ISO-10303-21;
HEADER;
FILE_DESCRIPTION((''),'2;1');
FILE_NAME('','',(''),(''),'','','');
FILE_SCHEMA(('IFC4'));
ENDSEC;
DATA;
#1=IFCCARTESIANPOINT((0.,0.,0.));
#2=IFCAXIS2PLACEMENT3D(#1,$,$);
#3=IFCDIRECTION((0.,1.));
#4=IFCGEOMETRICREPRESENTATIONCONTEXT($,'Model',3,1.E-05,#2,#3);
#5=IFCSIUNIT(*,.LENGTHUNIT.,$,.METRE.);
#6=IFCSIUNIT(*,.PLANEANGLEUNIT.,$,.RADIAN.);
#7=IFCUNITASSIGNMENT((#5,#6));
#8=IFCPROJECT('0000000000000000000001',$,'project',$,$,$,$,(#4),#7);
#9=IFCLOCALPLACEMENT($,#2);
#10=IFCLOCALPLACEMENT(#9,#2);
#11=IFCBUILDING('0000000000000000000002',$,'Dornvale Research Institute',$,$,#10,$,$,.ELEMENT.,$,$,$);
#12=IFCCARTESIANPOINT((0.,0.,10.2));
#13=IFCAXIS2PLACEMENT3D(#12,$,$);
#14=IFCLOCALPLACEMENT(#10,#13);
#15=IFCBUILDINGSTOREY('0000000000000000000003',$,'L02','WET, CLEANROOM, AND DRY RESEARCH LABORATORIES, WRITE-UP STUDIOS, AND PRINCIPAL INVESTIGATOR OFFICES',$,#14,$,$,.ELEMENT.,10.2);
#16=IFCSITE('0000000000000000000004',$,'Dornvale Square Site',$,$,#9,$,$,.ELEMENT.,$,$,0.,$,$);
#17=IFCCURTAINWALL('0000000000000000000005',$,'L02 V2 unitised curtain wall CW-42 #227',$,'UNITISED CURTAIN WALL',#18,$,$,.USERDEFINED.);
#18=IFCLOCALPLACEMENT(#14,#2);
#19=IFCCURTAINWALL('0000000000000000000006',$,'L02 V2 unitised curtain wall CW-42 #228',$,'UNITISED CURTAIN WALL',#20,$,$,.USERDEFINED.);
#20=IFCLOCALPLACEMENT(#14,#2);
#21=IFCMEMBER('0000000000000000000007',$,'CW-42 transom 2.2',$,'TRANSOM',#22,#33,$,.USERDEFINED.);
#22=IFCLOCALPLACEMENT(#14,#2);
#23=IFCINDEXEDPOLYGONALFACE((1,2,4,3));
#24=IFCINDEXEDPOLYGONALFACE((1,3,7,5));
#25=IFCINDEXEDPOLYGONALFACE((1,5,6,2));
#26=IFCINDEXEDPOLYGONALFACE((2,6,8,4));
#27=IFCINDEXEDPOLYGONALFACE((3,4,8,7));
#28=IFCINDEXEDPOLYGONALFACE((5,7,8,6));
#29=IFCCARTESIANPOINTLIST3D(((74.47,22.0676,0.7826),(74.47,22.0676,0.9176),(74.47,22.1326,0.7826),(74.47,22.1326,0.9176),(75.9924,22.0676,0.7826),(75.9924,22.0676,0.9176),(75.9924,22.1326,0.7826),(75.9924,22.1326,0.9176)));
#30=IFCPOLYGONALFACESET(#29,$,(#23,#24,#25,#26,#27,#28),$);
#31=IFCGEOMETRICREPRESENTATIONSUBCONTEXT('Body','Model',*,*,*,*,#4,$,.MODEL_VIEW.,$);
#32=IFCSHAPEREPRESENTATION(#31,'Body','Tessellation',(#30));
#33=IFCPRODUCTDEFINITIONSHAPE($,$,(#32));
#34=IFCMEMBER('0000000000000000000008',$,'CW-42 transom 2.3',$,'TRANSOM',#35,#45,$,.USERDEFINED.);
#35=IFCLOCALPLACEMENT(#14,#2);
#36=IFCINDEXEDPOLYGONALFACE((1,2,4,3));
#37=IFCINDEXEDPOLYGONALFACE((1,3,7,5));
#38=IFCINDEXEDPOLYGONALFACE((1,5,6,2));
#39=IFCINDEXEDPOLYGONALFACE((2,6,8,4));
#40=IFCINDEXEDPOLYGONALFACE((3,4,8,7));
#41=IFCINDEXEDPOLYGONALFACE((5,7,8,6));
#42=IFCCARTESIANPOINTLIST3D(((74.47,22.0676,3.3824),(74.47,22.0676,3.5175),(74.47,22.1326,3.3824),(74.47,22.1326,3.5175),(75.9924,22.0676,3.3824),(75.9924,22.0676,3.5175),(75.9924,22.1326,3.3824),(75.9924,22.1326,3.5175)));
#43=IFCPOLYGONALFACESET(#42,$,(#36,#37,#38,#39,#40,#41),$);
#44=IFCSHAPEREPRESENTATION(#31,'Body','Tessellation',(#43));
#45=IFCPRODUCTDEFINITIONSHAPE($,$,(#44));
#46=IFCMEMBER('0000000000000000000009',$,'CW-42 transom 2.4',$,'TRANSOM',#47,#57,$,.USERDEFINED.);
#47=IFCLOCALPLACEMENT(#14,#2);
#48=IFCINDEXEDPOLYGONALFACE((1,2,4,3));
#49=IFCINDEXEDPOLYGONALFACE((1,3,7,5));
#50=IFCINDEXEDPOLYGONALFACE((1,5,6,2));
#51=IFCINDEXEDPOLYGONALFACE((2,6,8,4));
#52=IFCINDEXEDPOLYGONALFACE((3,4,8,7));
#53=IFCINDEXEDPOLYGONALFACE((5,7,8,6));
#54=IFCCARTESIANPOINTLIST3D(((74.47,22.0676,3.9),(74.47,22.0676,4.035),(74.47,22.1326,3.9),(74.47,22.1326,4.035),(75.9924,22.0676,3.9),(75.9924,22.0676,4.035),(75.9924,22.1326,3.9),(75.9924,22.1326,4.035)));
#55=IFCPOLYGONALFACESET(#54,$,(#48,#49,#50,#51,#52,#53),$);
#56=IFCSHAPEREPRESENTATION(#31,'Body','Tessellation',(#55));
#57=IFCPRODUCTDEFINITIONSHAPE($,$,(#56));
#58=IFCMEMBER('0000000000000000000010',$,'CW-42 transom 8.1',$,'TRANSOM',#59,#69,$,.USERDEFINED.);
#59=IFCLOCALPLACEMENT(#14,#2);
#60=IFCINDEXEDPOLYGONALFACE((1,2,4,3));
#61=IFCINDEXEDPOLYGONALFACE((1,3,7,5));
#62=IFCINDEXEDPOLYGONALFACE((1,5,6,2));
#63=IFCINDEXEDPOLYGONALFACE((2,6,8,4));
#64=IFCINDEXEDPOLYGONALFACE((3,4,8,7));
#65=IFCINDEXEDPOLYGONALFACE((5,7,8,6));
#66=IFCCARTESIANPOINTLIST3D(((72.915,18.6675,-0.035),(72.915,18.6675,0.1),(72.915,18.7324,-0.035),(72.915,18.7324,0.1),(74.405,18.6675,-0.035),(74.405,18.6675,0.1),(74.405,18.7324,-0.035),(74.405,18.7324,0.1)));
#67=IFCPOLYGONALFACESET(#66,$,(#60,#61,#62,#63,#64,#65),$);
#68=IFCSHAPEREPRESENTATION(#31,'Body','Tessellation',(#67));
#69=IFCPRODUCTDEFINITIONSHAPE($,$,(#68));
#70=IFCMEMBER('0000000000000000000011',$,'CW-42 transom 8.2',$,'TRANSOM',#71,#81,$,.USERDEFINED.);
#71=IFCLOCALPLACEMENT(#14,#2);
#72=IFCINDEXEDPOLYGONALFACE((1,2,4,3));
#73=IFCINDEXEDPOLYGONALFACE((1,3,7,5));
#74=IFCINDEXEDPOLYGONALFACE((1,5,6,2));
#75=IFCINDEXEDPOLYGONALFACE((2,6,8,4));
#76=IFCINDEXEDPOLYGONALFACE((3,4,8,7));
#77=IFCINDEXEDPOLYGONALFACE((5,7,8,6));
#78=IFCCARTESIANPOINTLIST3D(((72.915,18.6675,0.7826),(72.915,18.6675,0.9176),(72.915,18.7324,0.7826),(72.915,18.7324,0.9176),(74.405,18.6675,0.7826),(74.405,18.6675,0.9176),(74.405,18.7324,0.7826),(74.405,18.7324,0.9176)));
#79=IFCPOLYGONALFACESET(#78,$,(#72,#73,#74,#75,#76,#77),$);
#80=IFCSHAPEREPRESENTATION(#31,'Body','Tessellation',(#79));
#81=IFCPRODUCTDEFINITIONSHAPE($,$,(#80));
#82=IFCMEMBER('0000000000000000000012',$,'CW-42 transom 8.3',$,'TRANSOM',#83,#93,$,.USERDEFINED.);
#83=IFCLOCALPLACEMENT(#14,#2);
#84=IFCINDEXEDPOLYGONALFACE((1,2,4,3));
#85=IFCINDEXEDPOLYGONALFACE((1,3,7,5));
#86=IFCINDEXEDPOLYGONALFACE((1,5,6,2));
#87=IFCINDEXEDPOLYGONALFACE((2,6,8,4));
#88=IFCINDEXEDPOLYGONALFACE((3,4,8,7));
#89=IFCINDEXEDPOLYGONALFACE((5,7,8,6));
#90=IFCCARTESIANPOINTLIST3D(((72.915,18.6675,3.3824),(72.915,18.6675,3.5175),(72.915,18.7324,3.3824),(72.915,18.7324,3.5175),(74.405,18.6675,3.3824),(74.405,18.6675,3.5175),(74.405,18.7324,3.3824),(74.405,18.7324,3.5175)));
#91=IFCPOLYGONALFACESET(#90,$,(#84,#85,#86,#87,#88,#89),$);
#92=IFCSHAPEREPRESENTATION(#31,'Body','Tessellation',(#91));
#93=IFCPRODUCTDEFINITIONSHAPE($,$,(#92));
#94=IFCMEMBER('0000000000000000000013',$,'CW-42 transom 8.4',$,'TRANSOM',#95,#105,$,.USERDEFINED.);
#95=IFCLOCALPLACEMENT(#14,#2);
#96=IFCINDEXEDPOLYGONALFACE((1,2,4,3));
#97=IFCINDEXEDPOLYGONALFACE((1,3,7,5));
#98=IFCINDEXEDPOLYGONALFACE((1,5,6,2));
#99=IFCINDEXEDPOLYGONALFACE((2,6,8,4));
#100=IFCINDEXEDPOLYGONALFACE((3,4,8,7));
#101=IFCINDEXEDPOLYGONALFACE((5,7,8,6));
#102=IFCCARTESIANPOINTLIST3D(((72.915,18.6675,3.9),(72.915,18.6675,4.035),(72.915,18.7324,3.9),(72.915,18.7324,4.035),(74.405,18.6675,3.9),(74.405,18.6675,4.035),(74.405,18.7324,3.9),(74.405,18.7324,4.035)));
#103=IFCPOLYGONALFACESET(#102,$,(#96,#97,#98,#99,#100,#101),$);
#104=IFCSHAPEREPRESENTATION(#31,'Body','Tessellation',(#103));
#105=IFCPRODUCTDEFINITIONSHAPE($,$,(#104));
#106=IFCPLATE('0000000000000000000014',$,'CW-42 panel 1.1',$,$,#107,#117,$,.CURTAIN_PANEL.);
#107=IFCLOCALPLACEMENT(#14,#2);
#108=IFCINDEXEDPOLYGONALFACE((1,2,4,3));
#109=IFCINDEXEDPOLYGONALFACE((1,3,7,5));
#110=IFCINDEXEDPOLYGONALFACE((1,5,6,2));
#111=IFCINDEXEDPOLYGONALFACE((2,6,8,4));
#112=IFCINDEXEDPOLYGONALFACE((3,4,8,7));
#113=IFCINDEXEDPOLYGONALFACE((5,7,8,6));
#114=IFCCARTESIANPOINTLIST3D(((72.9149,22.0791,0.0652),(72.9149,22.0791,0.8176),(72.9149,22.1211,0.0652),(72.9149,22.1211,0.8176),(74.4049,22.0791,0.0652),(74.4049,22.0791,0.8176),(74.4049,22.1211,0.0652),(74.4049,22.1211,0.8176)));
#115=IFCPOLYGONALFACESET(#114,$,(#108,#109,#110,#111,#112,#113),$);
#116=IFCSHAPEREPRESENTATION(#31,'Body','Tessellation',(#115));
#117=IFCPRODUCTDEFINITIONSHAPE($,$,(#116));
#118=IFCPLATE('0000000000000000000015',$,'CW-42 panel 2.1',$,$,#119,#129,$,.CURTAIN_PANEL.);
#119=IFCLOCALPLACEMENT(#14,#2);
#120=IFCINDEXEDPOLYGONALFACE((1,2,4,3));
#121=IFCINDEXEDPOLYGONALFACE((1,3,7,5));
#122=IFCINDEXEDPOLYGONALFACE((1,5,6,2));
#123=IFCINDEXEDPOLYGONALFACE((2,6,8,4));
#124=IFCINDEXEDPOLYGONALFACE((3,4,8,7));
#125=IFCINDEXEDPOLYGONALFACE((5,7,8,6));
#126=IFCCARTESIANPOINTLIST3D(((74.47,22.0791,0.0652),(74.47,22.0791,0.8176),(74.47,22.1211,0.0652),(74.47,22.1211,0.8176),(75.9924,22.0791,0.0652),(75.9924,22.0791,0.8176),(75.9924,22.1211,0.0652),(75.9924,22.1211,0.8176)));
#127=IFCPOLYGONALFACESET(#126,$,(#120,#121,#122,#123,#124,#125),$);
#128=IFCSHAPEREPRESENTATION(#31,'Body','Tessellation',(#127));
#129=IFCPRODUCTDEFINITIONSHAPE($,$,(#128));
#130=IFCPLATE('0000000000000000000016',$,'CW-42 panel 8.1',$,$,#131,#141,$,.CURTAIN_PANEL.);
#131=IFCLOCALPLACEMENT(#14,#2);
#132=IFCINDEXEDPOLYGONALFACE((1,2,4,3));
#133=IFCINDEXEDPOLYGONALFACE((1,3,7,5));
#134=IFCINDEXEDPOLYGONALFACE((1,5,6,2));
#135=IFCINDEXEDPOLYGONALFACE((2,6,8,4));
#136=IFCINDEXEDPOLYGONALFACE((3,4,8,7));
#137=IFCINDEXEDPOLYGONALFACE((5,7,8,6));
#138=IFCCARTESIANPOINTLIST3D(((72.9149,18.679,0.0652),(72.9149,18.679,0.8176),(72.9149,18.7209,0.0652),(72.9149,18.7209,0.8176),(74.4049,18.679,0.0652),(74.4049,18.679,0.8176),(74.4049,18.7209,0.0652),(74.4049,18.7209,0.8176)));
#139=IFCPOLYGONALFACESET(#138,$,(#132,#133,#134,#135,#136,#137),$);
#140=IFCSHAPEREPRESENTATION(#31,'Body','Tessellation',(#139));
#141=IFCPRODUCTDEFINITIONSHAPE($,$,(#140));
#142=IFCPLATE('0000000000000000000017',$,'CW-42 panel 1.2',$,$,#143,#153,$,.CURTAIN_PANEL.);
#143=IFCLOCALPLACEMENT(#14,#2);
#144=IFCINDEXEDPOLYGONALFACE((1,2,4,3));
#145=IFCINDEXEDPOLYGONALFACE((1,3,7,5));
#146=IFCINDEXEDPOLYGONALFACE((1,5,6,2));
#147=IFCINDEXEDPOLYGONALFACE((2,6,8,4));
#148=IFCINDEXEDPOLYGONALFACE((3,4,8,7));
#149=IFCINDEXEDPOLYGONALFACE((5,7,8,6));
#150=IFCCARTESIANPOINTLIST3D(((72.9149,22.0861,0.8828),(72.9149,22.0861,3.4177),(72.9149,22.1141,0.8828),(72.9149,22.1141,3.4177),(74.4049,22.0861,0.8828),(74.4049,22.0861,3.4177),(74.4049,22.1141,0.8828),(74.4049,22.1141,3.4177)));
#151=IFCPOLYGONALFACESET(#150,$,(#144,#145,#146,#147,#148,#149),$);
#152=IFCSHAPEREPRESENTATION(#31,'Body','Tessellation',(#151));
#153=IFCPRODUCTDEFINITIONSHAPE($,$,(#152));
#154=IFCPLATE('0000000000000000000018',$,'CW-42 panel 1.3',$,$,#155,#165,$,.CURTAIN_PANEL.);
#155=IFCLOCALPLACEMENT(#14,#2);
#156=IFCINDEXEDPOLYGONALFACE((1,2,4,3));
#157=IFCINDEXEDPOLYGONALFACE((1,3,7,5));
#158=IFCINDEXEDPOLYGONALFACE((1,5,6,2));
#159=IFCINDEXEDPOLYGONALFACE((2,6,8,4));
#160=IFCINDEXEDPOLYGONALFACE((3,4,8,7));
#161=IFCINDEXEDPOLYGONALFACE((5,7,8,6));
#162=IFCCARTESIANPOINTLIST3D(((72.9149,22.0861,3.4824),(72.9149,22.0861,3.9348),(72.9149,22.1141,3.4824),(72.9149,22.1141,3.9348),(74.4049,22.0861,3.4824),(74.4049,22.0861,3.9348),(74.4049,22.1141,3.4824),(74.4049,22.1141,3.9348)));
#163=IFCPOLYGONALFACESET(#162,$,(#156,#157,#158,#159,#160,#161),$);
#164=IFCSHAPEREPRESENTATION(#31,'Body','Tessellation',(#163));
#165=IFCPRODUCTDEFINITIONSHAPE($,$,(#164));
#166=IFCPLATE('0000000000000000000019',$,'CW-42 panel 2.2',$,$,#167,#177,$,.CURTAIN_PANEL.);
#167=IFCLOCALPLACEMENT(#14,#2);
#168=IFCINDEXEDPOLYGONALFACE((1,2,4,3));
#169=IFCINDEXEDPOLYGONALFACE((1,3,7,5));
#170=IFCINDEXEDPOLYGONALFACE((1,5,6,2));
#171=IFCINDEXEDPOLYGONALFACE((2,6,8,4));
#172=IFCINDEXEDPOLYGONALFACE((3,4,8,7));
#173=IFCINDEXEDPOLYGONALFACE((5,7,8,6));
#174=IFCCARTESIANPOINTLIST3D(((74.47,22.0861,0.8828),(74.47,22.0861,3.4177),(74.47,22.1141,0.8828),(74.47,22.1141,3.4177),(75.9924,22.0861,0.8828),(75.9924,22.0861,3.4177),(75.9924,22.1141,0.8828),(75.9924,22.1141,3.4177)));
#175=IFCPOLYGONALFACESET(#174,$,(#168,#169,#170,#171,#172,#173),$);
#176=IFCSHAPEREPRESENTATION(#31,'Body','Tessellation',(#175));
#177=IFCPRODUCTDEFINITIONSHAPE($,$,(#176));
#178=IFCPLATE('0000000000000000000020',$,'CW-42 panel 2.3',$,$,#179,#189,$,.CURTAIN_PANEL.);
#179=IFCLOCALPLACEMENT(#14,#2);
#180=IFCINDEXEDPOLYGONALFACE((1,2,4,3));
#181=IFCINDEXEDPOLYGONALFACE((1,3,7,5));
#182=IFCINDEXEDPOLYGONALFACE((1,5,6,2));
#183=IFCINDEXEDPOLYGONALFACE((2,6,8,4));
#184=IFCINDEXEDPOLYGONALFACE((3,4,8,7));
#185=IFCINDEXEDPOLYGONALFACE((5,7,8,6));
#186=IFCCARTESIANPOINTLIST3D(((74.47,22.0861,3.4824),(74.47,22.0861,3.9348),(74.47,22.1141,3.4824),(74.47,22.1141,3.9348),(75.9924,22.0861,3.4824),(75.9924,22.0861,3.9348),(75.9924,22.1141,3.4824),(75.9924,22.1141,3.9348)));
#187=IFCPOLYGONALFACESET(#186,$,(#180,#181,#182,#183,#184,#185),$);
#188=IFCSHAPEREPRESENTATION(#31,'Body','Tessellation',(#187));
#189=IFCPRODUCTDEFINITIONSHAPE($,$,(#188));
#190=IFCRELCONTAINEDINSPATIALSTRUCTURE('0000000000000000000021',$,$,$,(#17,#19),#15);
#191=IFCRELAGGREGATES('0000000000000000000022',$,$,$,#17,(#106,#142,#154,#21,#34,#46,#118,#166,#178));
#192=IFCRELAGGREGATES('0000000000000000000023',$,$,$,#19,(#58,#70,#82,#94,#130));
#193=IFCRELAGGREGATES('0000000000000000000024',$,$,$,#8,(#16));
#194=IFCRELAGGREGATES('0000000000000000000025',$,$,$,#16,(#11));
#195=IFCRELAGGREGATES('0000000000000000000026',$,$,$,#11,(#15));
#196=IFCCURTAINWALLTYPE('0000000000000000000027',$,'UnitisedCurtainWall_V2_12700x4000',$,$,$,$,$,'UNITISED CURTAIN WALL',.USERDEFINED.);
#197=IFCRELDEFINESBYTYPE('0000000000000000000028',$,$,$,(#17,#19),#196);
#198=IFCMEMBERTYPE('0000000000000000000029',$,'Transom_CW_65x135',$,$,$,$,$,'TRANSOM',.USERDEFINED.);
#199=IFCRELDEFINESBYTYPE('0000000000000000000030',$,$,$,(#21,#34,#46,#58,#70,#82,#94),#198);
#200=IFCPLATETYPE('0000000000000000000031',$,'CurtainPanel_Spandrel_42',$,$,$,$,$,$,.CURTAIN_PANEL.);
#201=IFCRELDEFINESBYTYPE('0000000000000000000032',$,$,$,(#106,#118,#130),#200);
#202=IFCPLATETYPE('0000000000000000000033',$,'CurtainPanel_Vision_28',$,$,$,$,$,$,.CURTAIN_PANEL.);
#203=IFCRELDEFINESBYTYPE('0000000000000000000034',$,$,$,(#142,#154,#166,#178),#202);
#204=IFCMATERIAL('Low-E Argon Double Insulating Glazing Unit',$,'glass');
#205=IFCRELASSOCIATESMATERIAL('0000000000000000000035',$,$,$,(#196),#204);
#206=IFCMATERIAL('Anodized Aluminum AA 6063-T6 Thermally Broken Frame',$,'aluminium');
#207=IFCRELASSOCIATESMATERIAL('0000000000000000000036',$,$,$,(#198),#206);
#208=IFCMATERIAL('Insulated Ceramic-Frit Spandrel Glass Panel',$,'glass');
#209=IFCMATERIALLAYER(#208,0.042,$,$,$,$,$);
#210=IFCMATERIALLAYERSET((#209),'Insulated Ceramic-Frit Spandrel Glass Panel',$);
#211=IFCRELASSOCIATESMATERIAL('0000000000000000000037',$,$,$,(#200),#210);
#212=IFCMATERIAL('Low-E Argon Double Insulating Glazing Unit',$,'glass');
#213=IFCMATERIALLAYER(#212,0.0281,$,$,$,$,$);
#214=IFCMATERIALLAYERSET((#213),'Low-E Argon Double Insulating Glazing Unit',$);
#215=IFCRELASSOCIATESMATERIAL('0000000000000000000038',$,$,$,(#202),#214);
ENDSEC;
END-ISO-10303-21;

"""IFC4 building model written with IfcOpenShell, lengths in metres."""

from ifc_helpers import new_model, si_unit, direction, frame, origin, origin_2d, place, context, subcontext, project, spatial, rectangle, extrude, material, layer, layer_set, material_profile, profile_set, type_object, element, aggregate, save


model = new_model("IFC4")

# Units and contexts
model_context = context("Model", 3, precision=1e-05, world=origin(), true_north=direction((0.0, 1.0)))
body_context = subcontext(model_context, "Body", "Model", "MODEL_VIEW")
ifc_project = project(units=[si_unit("LENGTHUNIT", "METRE"), si_unit("PLANEANGLEUNIT", "RADIAN")], contexts=[model_context])

# Site, building, storey
site_placement = place(None, origin())
site = spatial("IfcSite", under=ifc_project, at=site_placement, Name="Dornvale Square Site", CompositionType="ELEMENT", RefElevation=0.0)
building_placement = place(site_placement, origin())
building = spatial("IfcBuilding", under=site, at=building_placement, Name="Dornvale Research Institute", CompositionType="ELEMENT")
storey_placement = place(building_placement, frame((0.0, 0.0, 10.2)))
storey = spatial("IfcBuildingStorey", under=building, at=storey_placement, Name="L02", Description="WET, CLEANROOM, AND DRY RESEARCH LABORATORIES, WRITE-UP STUDIOS, AND PRINCIPAL INVESTIGATOR OFFICES", CompositionType="ELEMENT", Elevation=10.2)

# Curtain walls
ifc_material_1 = material(Name="Low-E Argon Double Insulating Glazing Unit", Category="glass")
curtain_wall_type = type_object("IfcCurtainWallType", Name="UnitisedCurtainWall_V2_12700x4000", ElementType="UNITISED CURTAIN WALL", PredefinedType="USERDEFINED", material=ifc_material_1)
curtain_wall_1_placement = place(storey_placement, origin())
curtain_wall_1 = element("IfcCurtainWall", 1, at=curtain_wall_1_placement, inside=storey, type_object=curtain_wall_type, Name="L02 V2 unitised curtain wall CW-42 #227", ObjectType="UNITISED CURTAIN WALL", PredefinedType="USERDEFINED")
curtain_wall_2_placement = place(storey_placement, origin())
curtain_wall_2 = element("IfcCurtainWall", 2, at=curtain_wall_2_placement, inside=storey, type_object=curtain_wall_type, Name="L02 V2 unitised curtain wall CW-42 #228", ObjectType="UNITISED CURTAIN WALL", PredefinedType="USERDEFINED")

# Members
ifc_material_2 = material(Name="Anodized Aluminum AA 6063-T6 Thermally Broken Frame", Category="aluminium")
ifc_material_profile_1 = material_profile(ifc_material_2, rectangle(XDim=0.0649, YDim=0.135, at=origin_2d()), Name="ALU TRANSOM 65x135")
ifc_profile_set_1 = profile_set([ifc_material_profile_1], Name="Anodized Aluminum AA 6063-T6 Thermally Broken Frame")
member_type_1 = type_object("IfcMemberType", Name="Transom_CW_65x135", ElementType="TRANSOM", PredefinedType="USERDEFINED", material=ifc_profile_set_1)
member_1_placement = place(storey_placement, frame((74.47, 22.1001, 0.8501), z_axis=(1.0, 0.0, 0.0), x_axis=(0.0, 1.0, 0.0)))
member_1 = element("IfcMember", 3, at=member_1_placement, type_object=member_type_1, Name="CW-42 transom 2.2", ObjectType="TRANSOM", PredefinedType="USERDEFINED", context=body_context, shape_type="SweptSolid", body=[
    extrude(rectangle(XDim=0.0649, YDim=0.135, at=origin_2d()), origin(), (0.0, 0.0, 1.0), 1.5225),
])
member_2_placement = place(storey_placement, frame((74.47, 22.1001, 3.45), z_axis=(1.0, 0.0, 0.0), x_axis=(0.0, 1.0, 0.0)))
member_2 = element("IfcMember", 4, at=member_2_placement, type_object=member_type_1, Name="CW-42 transom 2.3", ObjectType="TRANSOM", PredefinedType="USERDEFINED", context=body_context, shape_type="SweptSolid", body=[
    extrude(rectangle(XDim=0.0649, YDim=0.135, at=origin_2d()), origin(), (0.0, 0.0, 1.0), 1.5225),
])
member_3_placement = place(storey_placement, frame((74.47, 22.1001, 3.9675), z_axis=(1.0, 0.0, 0.0), x_axis=(0.0, 1.0, 0.0)))
member_3 = element("IfcMember", 5, at=member_3_placement, type_object=member_type_1, Name="CW-42 transom 2.4", ObjectType="TRANSOM", PredefinedType="USERDEFINED", context=body_context, shape_type="SweptSolid", body=[
    extrude(rectangle(XDim=0.0649, YDim=0.135, at=origin_2d()), origin(), (0.0, 0.0, 1.0), 1.5225),
])
member_4_placement = place(storey_placement, frame((74.405, 18.7, 0.0325), z_axis=(-1.0, 0.0, 0.0), x_axis=(0.0, -1.0, 0.0)))
member_4 = element("IfcMember", 6, at=member_4_placement, type_object=member_type_1, Name="CW-42 transom 8.1", ObjectType="TRANSOM", PredefinedType="USERDEFINED", context=body_context, shape_type="SweptSolid", body=[
    extrude(rectangle(XDim=0.0649, YDim=0.135, at=origin_2d()), origin(), (0.0, 0.0, 1.0), 1.49),
])
member_5_placement = place(storey_placement, frame((74.405, 18.7, 0.8501), z_axis=(-1.0, 0.0, 0.0), x_axis=(0.0, -1.0, 0.0)))
member_5 = element("IfcMember", 7, at=member_5_placement, type_object=member_type_1, Name="CW-42 transom 8.2", ObjectType="TRANSOM", PredefinedType="USERDEFINED", context=body_context, shape_type="SweptSolid", body=[
    extrude(rectangle(XDim=0.0649, YDim=0.135, at=origin_2d()), origin(), (0.0, 0.0, 1.0), 1.49),
])
member_6_placement = place(storey_placement, frame((74.405, 18.7, 3.45), z_axis=(-1.0, 0.0, 0.0), x_axis=(0.0, -1.0, 0.0)))
member_6 = element("IfcMember", 8, at=member_6_placement, type_object=member_type_1, Name="CW-42 transom 8.3", ObjectType="TRANSOM", PredefinedType="USERDEFINED", context=body_context, shape_type="SweptSolid", body=[
    extrude(rectangle(XDim=0.0649, YDim=0.135, at=origin_2d()), origin(), (0.0, 0.0, 1.0), 1.49),
])
member_7_placement = place(storey_placement, frame((74.405, 18.7, 3.9675), z_axis=(-1.0, 0.0, 0.0), x_axis=(0.0, -1.0, 0.0)))
member_7 = element("IfcMember", 9, at=member_7_placement, type_object=member_type_1, Name="CW-42 transom 8.4", ObjectType="TRANSOM", PredefinedType="USERDEFINED", context=body_context, shape_type="SweptSolid", body=[
    extrude(rectangle(XDim=0.0649, YDim=0.135, at=origin_2d()), origin(), (0.0, 0.0, 1.0), 1.49),
])

# Plates
ifc_material_3 = material(Name="Insulated Ceramic-Frit Spandrel Glass Panel", Category="glass")
ifc_layer_1 = layer(ifc_material_3, 0.042)
ifc_layer_set_1 = layer_set([ifc_layer_1], Name="Insulated Ceramic-Frit Spandrel Glass Panel")
plate_type_1 = type_object("IfcPlateType", Name="CurtainPanel_Spandrel_42", PredefinedType="CURTAIN_PANEL", material=ifc_layer_set_1)
plate_1_placement = place(storey_placement, frame((73.6599, 22.1001, 0.0652), z_axis=(0.0, 0.0, 1.0), x_axis=(1.0, 0.0, 0.0)))
plate_1 = element("IfcPlate", 10, at=plate_1_placement, type_object=plate_type_1, Name="CW-42 panel 1.1", PredefinedType="CURTAIN_PANEL", context=body_context, shape_type="SweptSolid", body=[
    extrude(rectangle(XDim=1.49, YDim=0.042, at=origin_2d()), origin(), (0.0, 0.0, 1.0), 0.7524),
])
plate_2_placement = place(storey_placement, frame((75.2312, 22.1001, 0.0652), z_axis=(0.0, 0.0, 1.0), x_axis=(1.0, 0.0, 0.0)))
plate_2 = element("IfcPlate", 11, at=plate_2_placement, type_object=plate_type_1, Name="CW-42 panel 2.1", PredefinedType="CURTAIN_PANEL", context=body_context, shape_type="SweptSolid", body=[
    extrude(rectangle(XDim=1.5225, YDim=0.042, at=origin_2d()), origin(), (0.0, 0.0, 1.0), 0.7524),
])
plate_3_placement = place(storey_placement, frame((73.6599, 18.7, 0.0652), z_axis=(0.0, 0.0, 1.0), x_axis=(-1.0, 0.0, 0.0)))
plate_3 = element("IfcPlate", 12, at=plate_3_placement, type_object=plate_type_1, Name="CW-42 panel 8.1", PredefinedType="CURTAIN_PANEL", context=body_context, shape_type="SweptSolid", body=[
    extrude(rectangle(XDim=1.49, YDim=0.042, at=origin_2d()), origin(), (0.0, 0.0, 1.0), 0.7524),
])
ifc_material_4 = material(Name="Low-E Argon Double Insulating Glazing Unit", Category="glass")
ifc_layer_2 = layer(ifc_material_4, 0.0281)
ifc_layer_set_2 = layer_set([ifc_layer_2], Name="Low-E Argon Double Insulating Glazing Unit")
plate_type_2 = type_object("IfcPlateType", Name="CurtainPanel_Vision_28", PredefinedType="CURTAIN_PANEL", material=ifc_layer_set_2)
plate_4_placement = place(storey_placement, frame((73.6599, 22.1001, 0.8828), z_axis=(0.0, 0.0, 1.0), x_axis=(1.0, 0.0, 0.0)))
plate_4 = element("IfcPlate", 13, at=plate_4_placement, type_object=plate_type_2, Name="CW-42 panel 1.2", PredefinedType="CURTAIN_PANEL", context=body_context, shape_type="SweptSolid", body=[
    extrude(rectangle(XDim=1.49, YDim=0.0281, at=origin_2d()), origin(), (0.0, 0.0, 1.0), 2.5349),
])
plate_5_placement = place(storey_placement, frame((73.6599, 22.1001, 3.4824), z_axis=(0.0, 0.0, 1.0), x_axis=(1.0, 0.0, 0.0)))
plate_5 = element("IfcPlate", 14, at=plate_5_placement, type_object=plate_type_2, Name="CW-42 panel 1.3", PredefinedType="CURTAIN_PANEL", context=body_context, shape_type="SweptSolid", body=[
    extrude(rectangle(XDim=1.49, YDim=0.0281, at=origin_2d()), origin(), (0.0, 0.0, 1.0), 0.4524),
])
plate_6_placement = place(storey_placement, frame((75.2312, 22.1001, 0.8828), z_axis=(0.0, 0.0, 1.0), x_axis=(1.0, 0.0, 0.0)))
plate_6 = element("IfcPlate", 15, at=plate_6_placement, type_object=plate_type_2, Name="CW-42 panel 2.2", PredefinedType="CURTAIN_PANEL", context=body_context, shape_type="SweptSolid", body=[
    extrude(rectangle(XDim=1.5225, YDim=0.0281, at=origin_2d()), origin(), (0.0, 0.0, 1.0), 2.5349),
])
plate_7_placement = place(storey_placement, frame((75.2312, 22.1001, 3.4824), z_axis=(0.0, 0.0, 1.0), x_axis=(1.0, 0.0, 0.0)))
plate_7 = element("IfcPlate", 16, at=plate_7_placement, type_object=plate_type_2, Name="CW-42 panel 2.3", PredefinedType="CURTAIN_PANEL", context=body_context, shape_type="SweptSolid", body=[
    extrude(rectangle(XDim=1.5225, YDim=0.0281, at=origin_2d()), origin(), (0.0, 0.0, 1.0), 0.4524),
])
aggregate(curtain_wall_1, [plate_1, plate_4, plate_5, member_1, member_2, member_3, plate_2, plate_6, plate_7])
aggregate(curtain_wall_2, [member_4, member_5, member_6, member_7, plate_3])

save(model, "model.ifc")
